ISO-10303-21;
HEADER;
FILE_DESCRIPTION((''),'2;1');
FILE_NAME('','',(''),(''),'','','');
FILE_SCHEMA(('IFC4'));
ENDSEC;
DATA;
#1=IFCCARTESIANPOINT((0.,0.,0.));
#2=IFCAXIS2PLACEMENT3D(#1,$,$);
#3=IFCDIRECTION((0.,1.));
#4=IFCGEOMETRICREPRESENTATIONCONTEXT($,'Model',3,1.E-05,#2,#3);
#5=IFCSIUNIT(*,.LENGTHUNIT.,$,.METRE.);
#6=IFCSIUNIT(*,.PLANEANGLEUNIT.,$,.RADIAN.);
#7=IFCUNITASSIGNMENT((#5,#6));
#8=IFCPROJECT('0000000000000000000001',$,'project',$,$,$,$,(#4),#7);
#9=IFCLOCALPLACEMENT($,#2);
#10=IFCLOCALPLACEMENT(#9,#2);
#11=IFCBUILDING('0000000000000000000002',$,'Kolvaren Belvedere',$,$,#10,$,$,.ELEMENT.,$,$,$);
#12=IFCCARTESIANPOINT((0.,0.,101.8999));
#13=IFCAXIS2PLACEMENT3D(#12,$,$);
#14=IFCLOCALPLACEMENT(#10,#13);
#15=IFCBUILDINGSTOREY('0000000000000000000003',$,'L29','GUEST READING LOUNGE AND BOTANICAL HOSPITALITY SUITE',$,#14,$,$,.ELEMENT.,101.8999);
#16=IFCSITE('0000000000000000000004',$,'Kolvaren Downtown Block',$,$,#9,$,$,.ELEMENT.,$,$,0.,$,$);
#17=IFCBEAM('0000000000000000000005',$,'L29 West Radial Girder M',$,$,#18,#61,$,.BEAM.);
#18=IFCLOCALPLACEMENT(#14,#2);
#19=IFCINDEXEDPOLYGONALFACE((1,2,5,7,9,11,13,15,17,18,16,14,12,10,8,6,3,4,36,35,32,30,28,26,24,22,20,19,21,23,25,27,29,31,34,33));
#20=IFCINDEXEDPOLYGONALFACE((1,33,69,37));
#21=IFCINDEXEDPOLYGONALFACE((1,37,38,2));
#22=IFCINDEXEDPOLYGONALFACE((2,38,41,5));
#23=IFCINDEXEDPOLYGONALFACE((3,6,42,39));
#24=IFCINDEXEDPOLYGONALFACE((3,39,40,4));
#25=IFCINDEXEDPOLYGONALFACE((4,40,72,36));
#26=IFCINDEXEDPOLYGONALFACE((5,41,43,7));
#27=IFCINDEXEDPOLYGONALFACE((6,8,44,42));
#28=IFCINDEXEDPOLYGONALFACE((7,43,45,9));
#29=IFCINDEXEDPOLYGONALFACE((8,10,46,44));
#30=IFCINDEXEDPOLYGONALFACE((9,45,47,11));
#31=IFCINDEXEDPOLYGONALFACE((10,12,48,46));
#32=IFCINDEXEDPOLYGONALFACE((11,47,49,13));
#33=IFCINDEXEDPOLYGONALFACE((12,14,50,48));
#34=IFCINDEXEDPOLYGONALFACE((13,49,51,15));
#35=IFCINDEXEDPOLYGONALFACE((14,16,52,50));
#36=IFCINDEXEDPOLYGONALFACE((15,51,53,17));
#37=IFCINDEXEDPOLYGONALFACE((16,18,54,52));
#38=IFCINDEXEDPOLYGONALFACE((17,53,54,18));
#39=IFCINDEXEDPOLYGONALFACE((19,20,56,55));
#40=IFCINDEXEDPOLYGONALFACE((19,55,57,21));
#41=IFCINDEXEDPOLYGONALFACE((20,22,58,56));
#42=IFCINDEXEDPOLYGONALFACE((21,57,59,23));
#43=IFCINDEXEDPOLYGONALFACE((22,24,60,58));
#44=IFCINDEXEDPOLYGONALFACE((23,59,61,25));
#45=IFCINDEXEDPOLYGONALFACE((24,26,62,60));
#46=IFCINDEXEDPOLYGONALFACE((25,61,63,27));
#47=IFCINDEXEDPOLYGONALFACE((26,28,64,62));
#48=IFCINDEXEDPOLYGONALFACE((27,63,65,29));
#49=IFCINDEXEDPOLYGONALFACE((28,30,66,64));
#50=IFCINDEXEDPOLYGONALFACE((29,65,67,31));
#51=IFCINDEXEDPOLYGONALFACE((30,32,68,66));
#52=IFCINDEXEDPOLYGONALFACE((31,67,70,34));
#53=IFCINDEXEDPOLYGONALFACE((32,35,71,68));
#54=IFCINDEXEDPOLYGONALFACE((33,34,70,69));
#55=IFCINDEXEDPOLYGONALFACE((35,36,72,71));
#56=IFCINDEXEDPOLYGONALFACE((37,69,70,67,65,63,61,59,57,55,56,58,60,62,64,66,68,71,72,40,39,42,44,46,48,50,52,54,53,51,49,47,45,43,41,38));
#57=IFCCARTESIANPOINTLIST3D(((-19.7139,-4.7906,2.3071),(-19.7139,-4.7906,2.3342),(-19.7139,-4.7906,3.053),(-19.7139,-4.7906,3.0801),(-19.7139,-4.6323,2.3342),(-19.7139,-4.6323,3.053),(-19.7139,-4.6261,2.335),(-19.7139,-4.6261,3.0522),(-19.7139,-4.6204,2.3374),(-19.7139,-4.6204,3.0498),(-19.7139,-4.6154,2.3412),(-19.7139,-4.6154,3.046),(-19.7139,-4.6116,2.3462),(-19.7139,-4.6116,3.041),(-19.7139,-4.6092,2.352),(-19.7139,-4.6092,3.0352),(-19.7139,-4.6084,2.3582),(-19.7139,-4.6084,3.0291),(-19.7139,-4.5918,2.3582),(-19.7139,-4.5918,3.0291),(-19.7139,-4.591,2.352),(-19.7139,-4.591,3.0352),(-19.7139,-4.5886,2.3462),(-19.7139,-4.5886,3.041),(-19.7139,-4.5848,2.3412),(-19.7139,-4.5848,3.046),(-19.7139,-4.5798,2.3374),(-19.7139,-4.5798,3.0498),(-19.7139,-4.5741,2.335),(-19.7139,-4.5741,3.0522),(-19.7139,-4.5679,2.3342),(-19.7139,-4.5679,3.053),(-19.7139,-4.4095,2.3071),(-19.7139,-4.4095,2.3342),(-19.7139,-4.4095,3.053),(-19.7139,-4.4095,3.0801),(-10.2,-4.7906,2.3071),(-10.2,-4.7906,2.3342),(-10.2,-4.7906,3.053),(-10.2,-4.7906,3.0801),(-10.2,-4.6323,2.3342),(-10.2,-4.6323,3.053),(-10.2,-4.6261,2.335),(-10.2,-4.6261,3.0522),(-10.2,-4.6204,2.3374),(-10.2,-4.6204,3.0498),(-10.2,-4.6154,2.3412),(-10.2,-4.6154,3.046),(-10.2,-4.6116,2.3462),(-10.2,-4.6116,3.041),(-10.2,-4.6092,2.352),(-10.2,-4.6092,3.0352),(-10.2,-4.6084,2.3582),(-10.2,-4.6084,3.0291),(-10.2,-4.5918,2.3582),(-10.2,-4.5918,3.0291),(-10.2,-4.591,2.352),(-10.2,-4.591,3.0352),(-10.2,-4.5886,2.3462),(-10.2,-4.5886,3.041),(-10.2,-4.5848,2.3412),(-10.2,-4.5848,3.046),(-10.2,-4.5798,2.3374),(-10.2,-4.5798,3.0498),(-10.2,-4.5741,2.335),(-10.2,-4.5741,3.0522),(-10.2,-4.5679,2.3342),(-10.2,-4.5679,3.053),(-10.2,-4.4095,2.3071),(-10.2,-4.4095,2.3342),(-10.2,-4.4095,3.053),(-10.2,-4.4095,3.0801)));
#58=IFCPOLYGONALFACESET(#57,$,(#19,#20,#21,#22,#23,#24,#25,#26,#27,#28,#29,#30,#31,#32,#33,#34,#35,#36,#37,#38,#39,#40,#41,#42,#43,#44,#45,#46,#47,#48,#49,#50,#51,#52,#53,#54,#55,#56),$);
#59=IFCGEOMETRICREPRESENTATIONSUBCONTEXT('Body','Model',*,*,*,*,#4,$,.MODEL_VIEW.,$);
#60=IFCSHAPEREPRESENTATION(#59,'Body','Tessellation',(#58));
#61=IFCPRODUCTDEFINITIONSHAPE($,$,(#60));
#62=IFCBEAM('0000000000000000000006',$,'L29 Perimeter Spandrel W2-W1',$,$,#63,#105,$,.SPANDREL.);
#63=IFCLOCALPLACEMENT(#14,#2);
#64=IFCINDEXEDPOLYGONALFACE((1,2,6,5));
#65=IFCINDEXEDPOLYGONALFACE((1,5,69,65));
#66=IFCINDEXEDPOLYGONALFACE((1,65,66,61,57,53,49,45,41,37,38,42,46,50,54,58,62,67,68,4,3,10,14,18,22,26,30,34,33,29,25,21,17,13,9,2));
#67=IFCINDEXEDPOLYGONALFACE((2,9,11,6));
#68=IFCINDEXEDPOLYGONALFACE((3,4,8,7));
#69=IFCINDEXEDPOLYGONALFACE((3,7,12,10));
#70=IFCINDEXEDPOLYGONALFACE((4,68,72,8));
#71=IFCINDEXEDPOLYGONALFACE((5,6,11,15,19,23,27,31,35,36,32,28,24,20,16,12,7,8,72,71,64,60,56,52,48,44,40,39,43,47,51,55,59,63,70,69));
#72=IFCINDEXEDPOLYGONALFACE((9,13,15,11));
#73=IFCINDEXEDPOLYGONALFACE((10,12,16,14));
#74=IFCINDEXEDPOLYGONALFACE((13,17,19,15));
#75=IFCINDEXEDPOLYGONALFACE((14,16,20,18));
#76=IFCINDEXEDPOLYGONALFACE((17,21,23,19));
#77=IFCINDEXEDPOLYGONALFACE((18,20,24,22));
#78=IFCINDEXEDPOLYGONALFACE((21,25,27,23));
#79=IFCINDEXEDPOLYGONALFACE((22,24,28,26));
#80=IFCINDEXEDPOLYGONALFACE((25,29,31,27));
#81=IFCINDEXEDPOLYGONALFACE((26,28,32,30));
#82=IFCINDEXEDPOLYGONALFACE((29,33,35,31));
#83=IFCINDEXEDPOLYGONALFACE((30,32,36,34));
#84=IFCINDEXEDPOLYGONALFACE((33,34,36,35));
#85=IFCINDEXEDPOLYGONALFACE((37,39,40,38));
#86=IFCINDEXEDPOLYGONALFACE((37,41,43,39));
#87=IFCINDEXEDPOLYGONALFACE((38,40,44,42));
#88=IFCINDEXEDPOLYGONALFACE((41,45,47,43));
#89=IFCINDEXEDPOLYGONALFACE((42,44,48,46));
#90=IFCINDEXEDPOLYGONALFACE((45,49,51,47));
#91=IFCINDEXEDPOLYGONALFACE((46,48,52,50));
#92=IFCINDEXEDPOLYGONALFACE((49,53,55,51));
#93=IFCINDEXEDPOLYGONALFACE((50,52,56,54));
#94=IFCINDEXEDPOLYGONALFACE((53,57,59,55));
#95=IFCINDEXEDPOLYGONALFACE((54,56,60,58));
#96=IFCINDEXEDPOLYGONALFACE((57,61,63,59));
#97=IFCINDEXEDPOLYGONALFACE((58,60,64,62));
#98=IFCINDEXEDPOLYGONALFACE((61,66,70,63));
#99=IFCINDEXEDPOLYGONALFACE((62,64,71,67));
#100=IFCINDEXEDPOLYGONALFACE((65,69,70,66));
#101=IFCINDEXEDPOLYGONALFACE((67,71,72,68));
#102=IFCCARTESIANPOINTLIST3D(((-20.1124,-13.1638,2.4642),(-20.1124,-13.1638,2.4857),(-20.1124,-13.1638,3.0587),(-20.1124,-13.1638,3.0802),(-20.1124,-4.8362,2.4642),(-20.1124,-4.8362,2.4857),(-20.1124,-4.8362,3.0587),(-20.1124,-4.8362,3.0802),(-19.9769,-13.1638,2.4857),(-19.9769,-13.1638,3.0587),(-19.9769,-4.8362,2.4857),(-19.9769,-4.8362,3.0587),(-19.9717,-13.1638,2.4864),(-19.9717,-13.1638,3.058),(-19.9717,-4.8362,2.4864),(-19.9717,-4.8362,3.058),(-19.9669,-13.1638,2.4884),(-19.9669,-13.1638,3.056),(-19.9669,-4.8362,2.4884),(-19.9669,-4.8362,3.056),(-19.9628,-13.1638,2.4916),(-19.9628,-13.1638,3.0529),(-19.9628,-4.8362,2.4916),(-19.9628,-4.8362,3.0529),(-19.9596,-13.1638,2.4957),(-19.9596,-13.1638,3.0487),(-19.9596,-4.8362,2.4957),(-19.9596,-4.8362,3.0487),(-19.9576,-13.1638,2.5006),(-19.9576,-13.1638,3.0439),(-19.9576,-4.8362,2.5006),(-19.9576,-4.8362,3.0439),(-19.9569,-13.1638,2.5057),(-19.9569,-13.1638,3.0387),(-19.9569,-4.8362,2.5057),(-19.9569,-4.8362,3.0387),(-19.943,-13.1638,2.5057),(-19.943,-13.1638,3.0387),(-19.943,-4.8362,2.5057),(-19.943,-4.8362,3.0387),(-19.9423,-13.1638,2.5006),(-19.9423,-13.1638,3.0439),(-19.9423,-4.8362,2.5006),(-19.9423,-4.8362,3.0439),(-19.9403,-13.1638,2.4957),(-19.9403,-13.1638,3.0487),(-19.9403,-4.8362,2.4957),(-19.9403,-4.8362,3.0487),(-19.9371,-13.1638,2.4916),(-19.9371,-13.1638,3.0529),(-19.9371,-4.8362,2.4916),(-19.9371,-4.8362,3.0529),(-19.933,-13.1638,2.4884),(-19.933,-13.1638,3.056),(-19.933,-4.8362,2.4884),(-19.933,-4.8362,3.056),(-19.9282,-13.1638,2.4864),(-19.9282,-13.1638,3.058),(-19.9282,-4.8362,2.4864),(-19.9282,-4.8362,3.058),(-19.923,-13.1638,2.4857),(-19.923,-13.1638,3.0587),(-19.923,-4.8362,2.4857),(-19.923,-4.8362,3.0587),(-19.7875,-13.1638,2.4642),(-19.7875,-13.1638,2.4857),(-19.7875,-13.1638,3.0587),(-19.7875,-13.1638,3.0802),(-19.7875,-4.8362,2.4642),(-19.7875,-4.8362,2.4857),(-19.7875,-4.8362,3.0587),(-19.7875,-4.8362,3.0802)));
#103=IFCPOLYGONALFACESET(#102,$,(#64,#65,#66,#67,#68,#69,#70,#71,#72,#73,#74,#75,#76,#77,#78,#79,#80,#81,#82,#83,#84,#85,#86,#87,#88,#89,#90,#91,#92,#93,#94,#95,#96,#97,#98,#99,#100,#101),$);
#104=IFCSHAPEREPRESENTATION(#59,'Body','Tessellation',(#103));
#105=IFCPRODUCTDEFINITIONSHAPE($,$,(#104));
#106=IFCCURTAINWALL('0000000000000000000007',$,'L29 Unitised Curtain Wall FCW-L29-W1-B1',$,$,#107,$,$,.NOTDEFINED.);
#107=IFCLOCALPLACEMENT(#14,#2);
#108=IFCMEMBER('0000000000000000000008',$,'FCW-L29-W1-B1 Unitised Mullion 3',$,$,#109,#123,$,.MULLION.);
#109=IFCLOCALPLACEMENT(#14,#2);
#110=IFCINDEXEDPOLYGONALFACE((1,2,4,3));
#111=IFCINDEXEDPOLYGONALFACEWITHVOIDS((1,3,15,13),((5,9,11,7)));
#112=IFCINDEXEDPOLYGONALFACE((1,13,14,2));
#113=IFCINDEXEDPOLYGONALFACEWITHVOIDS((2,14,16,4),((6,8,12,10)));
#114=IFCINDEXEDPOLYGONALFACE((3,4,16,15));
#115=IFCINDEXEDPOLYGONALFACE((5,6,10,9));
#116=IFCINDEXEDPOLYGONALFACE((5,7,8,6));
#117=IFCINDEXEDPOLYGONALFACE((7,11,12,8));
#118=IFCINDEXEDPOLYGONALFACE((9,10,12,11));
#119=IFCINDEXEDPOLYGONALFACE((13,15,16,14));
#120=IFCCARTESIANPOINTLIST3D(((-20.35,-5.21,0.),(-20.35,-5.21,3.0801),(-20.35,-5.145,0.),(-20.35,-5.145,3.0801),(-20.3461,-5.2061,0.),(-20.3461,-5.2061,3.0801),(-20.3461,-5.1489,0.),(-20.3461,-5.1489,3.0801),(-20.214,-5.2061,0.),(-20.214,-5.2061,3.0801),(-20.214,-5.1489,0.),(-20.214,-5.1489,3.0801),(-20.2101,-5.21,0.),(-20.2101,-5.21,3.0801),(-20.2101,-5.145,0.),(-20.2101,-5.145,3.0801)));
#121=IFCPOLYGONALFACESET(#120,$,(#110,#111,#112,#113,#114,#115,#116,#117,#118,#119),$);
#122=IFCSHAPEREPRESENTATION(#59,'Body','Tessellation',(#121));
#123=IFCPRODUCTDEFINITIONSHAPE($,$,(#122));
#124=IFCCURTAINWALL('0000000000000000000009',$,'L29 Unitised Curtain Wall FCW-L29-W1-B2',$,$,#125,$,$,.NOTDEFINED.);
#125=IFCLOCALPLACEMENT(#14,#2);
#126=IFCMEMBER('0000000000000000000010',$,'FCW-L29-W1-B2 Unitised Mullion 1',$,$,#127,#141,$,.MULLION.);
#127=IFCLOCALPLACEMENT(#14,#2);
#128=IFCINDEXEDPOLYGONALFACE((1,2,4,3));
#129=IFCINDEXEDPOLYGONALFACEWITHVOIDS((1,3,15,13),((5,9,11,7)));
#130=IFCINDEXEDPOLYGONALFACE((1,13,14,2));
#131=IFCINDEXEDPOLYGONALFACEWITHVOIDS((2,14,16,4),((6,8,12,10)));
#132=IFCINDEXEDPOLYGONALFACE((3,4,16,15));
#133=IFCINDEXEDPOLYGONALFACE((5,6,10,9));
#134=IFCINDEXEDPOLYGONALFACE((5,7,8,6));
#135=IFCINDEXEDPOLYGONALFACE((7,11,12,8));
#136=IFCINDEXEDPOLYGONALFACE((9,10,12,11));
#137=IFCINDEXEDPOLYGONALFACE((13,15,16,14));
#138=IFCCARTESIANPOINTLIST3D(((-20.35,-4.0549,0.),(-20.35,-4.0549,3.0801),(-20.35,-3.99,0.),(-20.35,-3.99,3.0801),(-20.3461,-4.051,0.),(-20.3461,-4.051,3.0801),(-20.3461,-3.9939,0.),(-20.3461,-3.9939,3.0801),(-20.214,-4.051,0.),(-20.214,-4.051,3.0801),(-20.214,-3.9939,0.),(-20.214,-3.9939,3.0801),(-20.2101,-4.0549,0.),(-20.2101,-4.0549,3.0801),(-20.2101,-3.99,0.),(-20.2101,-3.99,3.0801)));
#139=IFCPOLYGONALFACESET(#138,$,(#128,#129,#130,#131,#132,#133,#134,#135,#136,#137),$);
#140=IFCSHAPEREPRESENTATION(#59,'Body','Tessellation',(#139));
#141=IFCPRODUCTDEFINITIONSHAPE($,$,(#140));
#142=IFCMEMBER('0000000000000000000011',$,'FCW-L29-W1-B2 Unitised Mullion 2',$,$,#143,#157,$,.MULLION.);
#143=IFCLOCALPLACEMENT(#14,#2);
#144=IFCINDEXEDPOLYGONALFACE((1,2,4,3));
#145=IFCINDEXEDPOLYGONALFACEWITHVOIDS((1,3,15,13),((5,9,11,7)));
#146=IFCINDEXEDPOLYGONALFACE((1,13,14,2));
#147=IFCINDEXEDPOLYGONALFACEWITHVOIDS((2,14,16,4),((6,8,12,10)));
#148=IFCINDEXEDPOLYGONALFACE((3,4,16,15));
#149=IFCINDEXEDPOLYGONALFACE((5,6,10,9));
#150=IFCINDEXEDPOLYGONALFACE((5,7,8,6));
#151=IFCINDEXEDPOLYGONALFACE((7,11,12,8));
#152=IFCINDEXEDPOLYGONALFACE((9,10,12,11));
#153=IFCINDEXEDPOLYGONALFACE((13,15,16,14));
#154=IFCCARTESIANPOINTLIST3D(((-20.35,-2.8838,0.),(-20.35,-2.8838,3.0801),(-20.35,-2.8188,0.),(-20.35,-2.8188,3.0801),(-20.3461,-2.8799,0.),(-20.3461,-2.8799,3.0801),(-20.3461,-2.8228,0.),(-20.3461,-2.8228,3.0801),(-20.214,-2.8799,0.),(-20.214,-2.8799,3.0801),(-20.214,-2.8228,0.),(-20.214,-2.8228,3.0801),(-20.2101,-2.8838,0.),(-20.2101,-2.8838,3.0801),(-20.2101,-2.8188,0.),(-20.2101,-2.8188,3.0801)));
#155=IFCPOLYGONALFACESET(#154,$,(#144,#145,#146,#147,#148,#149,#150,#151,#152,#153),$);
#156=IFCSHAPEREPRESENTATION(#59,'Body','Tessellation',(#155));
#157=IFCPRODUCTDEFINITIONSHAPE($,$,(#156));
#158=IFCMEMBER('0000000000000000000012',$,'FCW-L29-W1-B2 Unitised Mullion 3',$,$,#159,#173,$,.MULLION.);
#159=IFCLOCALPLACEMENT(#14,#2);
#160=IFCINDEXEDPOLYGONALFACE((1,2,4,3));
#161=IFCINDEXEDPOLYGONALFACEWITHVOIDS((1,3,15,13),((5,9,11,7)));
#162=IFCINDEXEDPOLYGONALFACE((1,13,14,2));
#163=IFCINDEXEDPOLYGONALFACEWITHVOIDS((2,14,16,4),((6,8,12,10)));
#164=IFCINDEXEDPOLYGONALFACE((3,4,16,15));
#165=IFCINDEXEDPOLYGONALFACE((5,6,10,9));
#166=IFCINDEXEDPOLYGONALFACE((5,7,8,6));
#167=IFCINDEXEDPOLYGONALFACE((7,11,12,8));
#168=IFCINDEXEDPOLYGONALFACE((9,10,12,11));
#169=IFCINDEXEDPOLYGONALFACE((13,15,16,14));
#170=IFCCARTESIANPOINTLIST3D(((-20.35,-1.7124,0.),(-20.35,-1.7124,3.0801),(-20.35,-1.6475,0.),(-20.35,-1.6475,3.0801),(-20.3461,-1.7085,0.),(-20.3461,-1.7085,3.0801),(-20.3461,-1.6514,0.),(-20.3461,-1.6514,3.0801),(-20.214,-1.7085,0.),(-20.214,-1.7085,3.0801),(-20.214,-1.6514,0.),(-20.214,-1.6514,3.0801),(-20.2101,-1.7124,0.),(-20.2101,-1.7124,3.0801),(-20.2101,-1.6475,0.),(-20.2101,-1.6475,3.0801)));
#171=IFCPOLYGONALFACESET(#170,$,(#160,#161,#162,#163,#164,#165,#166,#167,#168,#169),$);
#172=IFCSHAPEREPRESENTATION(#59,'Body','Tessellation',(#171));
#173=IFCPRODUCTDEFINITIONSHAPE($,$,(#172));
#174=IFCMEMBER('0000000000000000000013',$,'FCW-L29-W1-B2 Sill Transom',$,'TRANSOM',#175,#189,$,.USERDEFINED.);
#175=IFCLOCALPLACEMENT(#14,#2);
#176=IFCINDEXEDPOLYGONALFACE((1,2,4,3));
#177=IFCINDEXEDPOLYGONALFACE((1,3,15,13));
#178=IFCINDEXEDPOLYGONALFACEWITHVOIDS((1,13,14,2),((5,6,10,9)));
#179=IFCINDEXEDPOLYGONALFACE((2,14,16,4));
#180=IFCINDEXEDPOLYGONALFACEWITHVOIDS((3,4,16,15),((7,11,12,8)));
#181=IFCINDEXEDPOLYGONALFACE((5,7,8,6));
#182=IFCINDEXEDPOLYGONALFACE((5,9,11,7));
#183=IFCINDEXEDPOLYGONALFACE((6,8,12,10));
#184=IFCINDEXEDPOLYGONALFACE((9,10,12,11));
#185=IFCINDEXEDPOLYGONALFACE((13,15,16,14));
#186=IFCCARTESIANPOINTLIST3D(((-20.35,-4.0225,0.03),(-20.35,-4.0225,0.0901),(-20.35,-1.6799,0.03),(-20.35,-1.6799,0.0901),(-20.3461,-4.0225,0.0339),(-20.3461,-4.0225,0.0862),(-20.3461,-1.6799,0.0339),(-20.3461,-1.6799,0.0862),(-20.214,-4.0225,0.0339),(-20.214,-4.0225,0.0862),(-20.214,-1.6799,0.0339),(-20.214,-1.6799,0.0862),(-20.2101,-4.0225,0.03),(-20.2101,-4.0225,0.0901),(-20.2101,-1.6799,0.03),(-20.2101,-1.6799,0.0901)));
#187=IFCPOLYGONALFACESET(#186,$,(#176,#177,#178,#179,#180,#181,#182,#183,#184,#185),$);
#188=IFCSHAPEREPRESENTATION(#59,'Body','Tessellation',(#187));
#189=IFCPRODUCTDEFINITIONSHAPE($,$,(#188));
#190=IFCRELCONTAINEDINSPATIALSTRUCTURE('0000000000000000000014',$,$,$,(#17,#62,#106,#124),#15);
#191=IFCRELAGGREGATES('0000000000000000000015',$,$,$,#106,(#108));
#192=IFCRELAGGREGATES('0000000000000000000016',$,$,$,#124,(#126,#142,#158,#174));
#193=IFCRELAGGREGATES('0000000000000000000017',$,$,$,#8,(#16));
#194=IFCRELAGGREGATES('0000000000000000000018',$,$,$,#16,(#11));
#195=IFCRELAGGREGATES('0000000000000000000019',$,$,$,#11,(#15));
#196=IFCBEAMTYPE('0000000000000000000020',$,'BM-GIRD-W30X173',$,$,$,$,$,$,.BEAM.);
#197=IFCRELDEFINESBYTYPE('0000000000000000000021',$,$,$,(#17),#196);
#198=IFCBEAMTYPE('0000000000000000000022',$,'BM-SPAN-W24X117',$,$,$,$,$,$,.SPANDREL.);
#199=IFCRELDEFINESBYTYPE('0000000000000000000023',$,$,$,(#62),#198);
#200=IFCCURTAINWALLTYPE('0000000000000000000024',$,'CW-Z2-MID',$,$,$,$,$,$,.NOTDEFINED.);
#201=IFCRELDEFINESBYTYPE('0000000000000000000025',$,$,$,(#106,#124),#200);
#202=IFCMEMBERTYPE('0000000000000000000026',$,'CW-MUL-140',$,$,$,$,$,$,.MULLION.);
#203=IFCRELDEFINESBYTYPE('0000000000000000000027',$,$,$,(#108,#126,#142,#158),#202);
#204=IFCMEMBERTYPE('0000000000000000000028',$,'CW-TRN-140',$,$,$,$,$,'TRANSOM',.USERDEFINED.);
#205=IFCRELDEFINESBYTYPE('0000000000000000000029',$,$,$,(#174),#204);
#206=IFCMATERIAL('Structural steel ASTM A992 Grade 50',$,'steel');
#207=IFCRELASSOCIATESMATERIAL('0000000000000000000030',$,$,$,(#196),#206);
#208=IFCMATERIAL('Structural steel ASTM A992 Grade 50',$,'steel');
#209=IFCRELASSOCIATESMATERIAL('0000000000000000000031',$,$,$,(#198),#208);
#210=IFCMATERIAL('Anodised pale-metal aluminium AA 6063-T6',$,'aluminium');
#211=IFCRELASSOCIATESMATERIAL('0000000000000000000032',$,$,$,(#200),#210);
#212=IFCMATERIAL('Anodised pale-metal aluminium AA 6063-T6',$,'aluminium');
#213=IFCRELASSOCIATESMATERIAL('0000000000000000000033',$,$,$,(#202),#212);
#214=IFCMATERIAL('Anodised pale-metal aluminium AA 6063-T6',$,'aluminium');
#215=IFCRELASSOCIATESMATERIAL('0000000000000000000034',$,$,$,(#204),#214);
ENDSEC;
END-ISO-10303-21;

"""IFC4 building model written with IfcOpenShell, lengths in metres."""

from ifc_helpers import new_model, si_unit, direction, frame, origin, origin_2d, place, context, subcontext, project, spatial, hollow_rectangle, i_section, extrude, material, material_profile, profile_set, type_object, element, aggregate, save


model = new_model("IFC4")

# Units and contexts
model_context = context("Model", 3, precision=1e-05, world=origin(), true_north=direction((0.0, 1.0)))
body_context = subcontext(model_context, "Body", "Model", "MODEL_VIEW")
ifc_project = project(units=[si_unit("LENGTHUNIT", "METRE"), si_unit("PLANEANGLEUNIT", "RADIAN")], contexts=[model_context])

# Site, building, storey
site_placement = place(None, origin())
site = spatial("IfcSite", under=ifc_project, at=site_placement, Name="Kolvaren Downtown Block", CompositionType="ELEMENT", RefElevation=0.0)
building_placement = place(site_placement, origin())
building = spatial("IfcBuilding", under=site, at=building_placement, Name="Kolvaren Belvedere", CompositionType="ELEMENT")
storey_placement = place(building_placement, frame((0.0, 0.0, 101.8999)))
storey = spatial("IfcBuildingStorey", under=building, at=storey_placement, Name="L29", Description="GUEST READING LOUNGE AND BOTANICAL HOSPITALITY SUITE", CompositionType="ELEMENT", Elevation=101.8999)

# Beams
ifc_material_1 = material(Name="Structural steel ASTM A992 Grade 50", Category="steel")
ifc_material_profile_1 = material_profile(ifc_material_1, i_section(OverallWidth=0.3811, OverallDepth=0.7729, WebThickness=0.0166, FlangeThickness=0.0271, FilletRadius=0.0239, at=origin_2d()), Name="W30X173")
ifc_profile_set_1 = profile_set([ifc_material_profile_1], Name="Structural steel ASTM A992 Grade 50")
beam_type_1 = type_object("IfcBeamType", Name="BM-GIRD-W30X173", PredefinedType="BEAM", material=ifc_profile_set_1)
beam_1_placement = place(storey_placement, frame((-10.2, -4.6001, 2.6936), z_axis=(-1.0, 0.0, 0.0), x_axis=(0.0, -1.0, 0.0)))
element("IfcBeam", 1, at=beam_1_placement, inside=storey, type_object=beam_type_1, Name="L29 West Radial Girder M", PredefinedType="BEAM", context=body_context, shape_type="SweptSolid", body=[
    extrude(i_section(OverallWidth=0.3811, OverallDepth=0.7729, WebThickness=0.0166, FlangeThickness=0.0271, FilletRadius=0.0239, at=origin_2d()), origin(), (0.0, 0.0, 1.0), 9.5139),
])
ifc_material_2 = material(Name="Structural steel ASTM A992 Grade 50", Category="steel")
ifc_material_profile_2 = material_profile(ifc_material_2, i_section(OverallWidth=0.325, OverallDepth=0.616, WebThickness=0.0139, FlangeThickness=0.0215, FilletRadius=0.02, at=origin_2d()), Name="W24X117")
ifc_profile_set_2 = profile_set([ifc_material_profile_2], Name="Structural steel ASTM A992 Grade 50")
beam_type_2 = type_object("IfcBeamType", Name="BM-SPAN-W24X117", PredefinedType="SPANDREL", material=ifc_profile_set_2)
beam_2_placement = place(storey_placement, frame((-19.95, -4.8362, 2.7722), z_axis=(0.0, -1.0, 0.0), x_axis=(1.0, 0.0, 0.0)))
element("IfcBeam", 2, at=beam_2_placement, inside=storey, type_object=beam_type_2, Name="L29 Perimeter Spandrel W2-W1", PredefinedType="SPANDREL", context=body_context, shape_type="SweptSolid", body=[
    extrude(i_section(OverallWidth=0.325, OverallDepth=0.616, WebThickness=0.0139, FlangeThickness=0.0215, FilletRadius=0.02, at=origin_2d()), origin(), (0.0, 0.0, 1.0), 8.3276),
])

# Curtain wall, member
ifc_material_3 = material(Name="Anodised pale-metal aluminium AA 6063-T6", Category="aluminium")
curtain_wall_type = type_object("IfcCurtainWallType", Name="CW-Z2-MID", PredefinedType="NOTDEFINED", material=ifc_material_3)
curtain_wall_1_placement = place(storey_placement, origin())
curtain_wall_1 = element("IfcCurtainWall", 3, at=curtain_wall_1_placement, inside=storey, type_object=curtain_wall_type, Name="L29 Unitised Curtain Wall FCW-L29-W1-B1", PredefinedType="NOTDEFINED")
ifc_material_4 = material(Name="Anodised pale-metal aluminium AA 6063-T6", Category="aluminium")
ifc_material_profile_3 = material_profile(ifc_material_4, hollow_rectangle(XDim=0.0649, YDim=0.1399, WallThickness=0.0039, at=origin_2d()), Name="ALU-MUL-140X65")
ifc_profile_set_3 = profile_set([ifc_material_profile_3], Name="Anodised pale-metal aluminium AA 6063-T6")
member_type_1 = type_object("IfcMemberType", Name="CW-MUL-140", PredefinedType="MULLION", material=ifc_profile_set_3)
member_1_placement = place(storey_placement, frame((-20.28, -5.1775, 0.0), z_axis=(0.0, 0.0, 1.0), x_axis=(0.0, 1.0, 0.0)))
member_1 = element("IfcMember", 4, at=member_1_placement, type_object=member_type_1, Name="FCW-L29-W1-B1 Unitised Mullion 3", PredefinedType="MULLION", context=body_context, shape_type="SweptSolid", body=[
    extrude(hollow_rectangle(XDim=0.0649, YDim=0.1399, WallThickness=0.0039, at=origin_2d()), origin(), (0.0, 0.0, 1.0), 3.0801),
])
aggregate(curtain_wall_1, [member_1])

# Curtain wall, members
curtain_wall_2_placement = place(storey_placement, origin())
curtain_wall_2 = element("IfcCurtainWall", 5, at=curtain_wall_2_placement, inside=storey, type_object=curtain_wall_type, Name="L29 Unitised Curtain Wall FCW-L29-W1-B2", PredefinedType="NOTDEFINED")
member_2_placement = place(storey_placement, frame((-20.28, -4.0225, 0.0), z_axis=(0.0, 0.0, 1.0), x_axis=(0.0, 1.0, 0.0)))
member_2 = element("IfcMember", 6, at=member_2_placement, type_object=member_type_1, Name="FCW-L29-W1-B2 Unitised Mullion 1", PredefinedType="MULLION", context=body_context, shape_type="SweptSolid", body=[
    extrude(hollow_rectangle(XDim=0.0649, YDim=0.1399, WallThickness=0.0039, at=origin_2d()), origin(), (0.0, 0.0, 1.0), 3.0801),
])
member_3_placement = place(storey_placement, frame((-20.28, -2.8513, 0.0), z_axis=(0.0, 0.0, 1.0), x_axis=(0.0, 1.0, 0.0)))
member_3 = element("IfcMember", 7, at=member_3_placement, type_object=member_type_1, Name="FCW-L29-W1-B2 Unitised Mullion 2", PredefinedType="MULLION", context=body_context, shape_type="SweptSolid", body=[
    extrude(hollow_rectangle(XDim=0.0649, YDim=0.1399, WallThickness=0.0039, at=origin_2d()), origin(), (0.0, 0.0, 1.0), 3.0801),
])
member_4_placement = place(storey_placement, frame((-20.28, -1.6799, 0.0), z_axis=(0.0, 0.0, 1.0), x_axis=(0.0, 1.0, 0.0)))
member_4 = element("IfcMember", 8, at=member_4_placement, type_object=member_type_1, Name="FCW-L29-W1-B2 Unitised Mullion 3", PredefinedType="MULLION", context=body_context, shape_type="SweptSolid", body=[
    extrude(hollow_rectangle(XDim=0.0649, YDim=0.1399, WallThickness=0.0039, at=origin_2d()), origin(), (0.0, 0.0, 1.0), 3.0801),
])
ifc_material_5 = material(Name="Anodised pale-metal aluminium AA 6063-T6", Category="aluminium")
ifc_material_profile_4 = material_profile(ifc_material_5, hollow_rectangle(XDim=0.0601, YDim=0.1399, WallThickness=0.0039, at=origin_2d()), Name="ALU-TRN-140X60")
ifc_profile_set_4 = profile_set([ifc_material_profile_4], Name="Anodised pale-metal aluminium AA 6063-T6")
member_type_2 = type_object("IfcMemberType", Name="CW-TRN-140", ElementType="TRANSOM", PredefinedType="USERDEFINED", material=ifc_profile_set_4)
member_5_placement = place(storey_placement, frame((-20.28, -4.0225, 0.0601), z_axis=(0.0, 1.0, 0.0), x_axis=(0.0, 0.0, 1.0)))
member_5 = element("IfcMember", 9, at=member_5_placement, type_object=member_type_2, Name="FCW-L29-W1-B2 Sill Transom", ObjectType="TRANSOM", PredefinedType="USERDEFINED", context=body_context, shape_type="SweptSolid", body=[
    extrude(hollow_rectangle(XDim=0.0601, YDim=0.1399, WallThickness=0.0039, at=origin_2d()), origin(), (0.0, 0.0, 1.0), 2.3425),
])
aggregate(curtain_wall_2, [member_2, member_3, member_4, member_5])

save(model, "model.ifc")
